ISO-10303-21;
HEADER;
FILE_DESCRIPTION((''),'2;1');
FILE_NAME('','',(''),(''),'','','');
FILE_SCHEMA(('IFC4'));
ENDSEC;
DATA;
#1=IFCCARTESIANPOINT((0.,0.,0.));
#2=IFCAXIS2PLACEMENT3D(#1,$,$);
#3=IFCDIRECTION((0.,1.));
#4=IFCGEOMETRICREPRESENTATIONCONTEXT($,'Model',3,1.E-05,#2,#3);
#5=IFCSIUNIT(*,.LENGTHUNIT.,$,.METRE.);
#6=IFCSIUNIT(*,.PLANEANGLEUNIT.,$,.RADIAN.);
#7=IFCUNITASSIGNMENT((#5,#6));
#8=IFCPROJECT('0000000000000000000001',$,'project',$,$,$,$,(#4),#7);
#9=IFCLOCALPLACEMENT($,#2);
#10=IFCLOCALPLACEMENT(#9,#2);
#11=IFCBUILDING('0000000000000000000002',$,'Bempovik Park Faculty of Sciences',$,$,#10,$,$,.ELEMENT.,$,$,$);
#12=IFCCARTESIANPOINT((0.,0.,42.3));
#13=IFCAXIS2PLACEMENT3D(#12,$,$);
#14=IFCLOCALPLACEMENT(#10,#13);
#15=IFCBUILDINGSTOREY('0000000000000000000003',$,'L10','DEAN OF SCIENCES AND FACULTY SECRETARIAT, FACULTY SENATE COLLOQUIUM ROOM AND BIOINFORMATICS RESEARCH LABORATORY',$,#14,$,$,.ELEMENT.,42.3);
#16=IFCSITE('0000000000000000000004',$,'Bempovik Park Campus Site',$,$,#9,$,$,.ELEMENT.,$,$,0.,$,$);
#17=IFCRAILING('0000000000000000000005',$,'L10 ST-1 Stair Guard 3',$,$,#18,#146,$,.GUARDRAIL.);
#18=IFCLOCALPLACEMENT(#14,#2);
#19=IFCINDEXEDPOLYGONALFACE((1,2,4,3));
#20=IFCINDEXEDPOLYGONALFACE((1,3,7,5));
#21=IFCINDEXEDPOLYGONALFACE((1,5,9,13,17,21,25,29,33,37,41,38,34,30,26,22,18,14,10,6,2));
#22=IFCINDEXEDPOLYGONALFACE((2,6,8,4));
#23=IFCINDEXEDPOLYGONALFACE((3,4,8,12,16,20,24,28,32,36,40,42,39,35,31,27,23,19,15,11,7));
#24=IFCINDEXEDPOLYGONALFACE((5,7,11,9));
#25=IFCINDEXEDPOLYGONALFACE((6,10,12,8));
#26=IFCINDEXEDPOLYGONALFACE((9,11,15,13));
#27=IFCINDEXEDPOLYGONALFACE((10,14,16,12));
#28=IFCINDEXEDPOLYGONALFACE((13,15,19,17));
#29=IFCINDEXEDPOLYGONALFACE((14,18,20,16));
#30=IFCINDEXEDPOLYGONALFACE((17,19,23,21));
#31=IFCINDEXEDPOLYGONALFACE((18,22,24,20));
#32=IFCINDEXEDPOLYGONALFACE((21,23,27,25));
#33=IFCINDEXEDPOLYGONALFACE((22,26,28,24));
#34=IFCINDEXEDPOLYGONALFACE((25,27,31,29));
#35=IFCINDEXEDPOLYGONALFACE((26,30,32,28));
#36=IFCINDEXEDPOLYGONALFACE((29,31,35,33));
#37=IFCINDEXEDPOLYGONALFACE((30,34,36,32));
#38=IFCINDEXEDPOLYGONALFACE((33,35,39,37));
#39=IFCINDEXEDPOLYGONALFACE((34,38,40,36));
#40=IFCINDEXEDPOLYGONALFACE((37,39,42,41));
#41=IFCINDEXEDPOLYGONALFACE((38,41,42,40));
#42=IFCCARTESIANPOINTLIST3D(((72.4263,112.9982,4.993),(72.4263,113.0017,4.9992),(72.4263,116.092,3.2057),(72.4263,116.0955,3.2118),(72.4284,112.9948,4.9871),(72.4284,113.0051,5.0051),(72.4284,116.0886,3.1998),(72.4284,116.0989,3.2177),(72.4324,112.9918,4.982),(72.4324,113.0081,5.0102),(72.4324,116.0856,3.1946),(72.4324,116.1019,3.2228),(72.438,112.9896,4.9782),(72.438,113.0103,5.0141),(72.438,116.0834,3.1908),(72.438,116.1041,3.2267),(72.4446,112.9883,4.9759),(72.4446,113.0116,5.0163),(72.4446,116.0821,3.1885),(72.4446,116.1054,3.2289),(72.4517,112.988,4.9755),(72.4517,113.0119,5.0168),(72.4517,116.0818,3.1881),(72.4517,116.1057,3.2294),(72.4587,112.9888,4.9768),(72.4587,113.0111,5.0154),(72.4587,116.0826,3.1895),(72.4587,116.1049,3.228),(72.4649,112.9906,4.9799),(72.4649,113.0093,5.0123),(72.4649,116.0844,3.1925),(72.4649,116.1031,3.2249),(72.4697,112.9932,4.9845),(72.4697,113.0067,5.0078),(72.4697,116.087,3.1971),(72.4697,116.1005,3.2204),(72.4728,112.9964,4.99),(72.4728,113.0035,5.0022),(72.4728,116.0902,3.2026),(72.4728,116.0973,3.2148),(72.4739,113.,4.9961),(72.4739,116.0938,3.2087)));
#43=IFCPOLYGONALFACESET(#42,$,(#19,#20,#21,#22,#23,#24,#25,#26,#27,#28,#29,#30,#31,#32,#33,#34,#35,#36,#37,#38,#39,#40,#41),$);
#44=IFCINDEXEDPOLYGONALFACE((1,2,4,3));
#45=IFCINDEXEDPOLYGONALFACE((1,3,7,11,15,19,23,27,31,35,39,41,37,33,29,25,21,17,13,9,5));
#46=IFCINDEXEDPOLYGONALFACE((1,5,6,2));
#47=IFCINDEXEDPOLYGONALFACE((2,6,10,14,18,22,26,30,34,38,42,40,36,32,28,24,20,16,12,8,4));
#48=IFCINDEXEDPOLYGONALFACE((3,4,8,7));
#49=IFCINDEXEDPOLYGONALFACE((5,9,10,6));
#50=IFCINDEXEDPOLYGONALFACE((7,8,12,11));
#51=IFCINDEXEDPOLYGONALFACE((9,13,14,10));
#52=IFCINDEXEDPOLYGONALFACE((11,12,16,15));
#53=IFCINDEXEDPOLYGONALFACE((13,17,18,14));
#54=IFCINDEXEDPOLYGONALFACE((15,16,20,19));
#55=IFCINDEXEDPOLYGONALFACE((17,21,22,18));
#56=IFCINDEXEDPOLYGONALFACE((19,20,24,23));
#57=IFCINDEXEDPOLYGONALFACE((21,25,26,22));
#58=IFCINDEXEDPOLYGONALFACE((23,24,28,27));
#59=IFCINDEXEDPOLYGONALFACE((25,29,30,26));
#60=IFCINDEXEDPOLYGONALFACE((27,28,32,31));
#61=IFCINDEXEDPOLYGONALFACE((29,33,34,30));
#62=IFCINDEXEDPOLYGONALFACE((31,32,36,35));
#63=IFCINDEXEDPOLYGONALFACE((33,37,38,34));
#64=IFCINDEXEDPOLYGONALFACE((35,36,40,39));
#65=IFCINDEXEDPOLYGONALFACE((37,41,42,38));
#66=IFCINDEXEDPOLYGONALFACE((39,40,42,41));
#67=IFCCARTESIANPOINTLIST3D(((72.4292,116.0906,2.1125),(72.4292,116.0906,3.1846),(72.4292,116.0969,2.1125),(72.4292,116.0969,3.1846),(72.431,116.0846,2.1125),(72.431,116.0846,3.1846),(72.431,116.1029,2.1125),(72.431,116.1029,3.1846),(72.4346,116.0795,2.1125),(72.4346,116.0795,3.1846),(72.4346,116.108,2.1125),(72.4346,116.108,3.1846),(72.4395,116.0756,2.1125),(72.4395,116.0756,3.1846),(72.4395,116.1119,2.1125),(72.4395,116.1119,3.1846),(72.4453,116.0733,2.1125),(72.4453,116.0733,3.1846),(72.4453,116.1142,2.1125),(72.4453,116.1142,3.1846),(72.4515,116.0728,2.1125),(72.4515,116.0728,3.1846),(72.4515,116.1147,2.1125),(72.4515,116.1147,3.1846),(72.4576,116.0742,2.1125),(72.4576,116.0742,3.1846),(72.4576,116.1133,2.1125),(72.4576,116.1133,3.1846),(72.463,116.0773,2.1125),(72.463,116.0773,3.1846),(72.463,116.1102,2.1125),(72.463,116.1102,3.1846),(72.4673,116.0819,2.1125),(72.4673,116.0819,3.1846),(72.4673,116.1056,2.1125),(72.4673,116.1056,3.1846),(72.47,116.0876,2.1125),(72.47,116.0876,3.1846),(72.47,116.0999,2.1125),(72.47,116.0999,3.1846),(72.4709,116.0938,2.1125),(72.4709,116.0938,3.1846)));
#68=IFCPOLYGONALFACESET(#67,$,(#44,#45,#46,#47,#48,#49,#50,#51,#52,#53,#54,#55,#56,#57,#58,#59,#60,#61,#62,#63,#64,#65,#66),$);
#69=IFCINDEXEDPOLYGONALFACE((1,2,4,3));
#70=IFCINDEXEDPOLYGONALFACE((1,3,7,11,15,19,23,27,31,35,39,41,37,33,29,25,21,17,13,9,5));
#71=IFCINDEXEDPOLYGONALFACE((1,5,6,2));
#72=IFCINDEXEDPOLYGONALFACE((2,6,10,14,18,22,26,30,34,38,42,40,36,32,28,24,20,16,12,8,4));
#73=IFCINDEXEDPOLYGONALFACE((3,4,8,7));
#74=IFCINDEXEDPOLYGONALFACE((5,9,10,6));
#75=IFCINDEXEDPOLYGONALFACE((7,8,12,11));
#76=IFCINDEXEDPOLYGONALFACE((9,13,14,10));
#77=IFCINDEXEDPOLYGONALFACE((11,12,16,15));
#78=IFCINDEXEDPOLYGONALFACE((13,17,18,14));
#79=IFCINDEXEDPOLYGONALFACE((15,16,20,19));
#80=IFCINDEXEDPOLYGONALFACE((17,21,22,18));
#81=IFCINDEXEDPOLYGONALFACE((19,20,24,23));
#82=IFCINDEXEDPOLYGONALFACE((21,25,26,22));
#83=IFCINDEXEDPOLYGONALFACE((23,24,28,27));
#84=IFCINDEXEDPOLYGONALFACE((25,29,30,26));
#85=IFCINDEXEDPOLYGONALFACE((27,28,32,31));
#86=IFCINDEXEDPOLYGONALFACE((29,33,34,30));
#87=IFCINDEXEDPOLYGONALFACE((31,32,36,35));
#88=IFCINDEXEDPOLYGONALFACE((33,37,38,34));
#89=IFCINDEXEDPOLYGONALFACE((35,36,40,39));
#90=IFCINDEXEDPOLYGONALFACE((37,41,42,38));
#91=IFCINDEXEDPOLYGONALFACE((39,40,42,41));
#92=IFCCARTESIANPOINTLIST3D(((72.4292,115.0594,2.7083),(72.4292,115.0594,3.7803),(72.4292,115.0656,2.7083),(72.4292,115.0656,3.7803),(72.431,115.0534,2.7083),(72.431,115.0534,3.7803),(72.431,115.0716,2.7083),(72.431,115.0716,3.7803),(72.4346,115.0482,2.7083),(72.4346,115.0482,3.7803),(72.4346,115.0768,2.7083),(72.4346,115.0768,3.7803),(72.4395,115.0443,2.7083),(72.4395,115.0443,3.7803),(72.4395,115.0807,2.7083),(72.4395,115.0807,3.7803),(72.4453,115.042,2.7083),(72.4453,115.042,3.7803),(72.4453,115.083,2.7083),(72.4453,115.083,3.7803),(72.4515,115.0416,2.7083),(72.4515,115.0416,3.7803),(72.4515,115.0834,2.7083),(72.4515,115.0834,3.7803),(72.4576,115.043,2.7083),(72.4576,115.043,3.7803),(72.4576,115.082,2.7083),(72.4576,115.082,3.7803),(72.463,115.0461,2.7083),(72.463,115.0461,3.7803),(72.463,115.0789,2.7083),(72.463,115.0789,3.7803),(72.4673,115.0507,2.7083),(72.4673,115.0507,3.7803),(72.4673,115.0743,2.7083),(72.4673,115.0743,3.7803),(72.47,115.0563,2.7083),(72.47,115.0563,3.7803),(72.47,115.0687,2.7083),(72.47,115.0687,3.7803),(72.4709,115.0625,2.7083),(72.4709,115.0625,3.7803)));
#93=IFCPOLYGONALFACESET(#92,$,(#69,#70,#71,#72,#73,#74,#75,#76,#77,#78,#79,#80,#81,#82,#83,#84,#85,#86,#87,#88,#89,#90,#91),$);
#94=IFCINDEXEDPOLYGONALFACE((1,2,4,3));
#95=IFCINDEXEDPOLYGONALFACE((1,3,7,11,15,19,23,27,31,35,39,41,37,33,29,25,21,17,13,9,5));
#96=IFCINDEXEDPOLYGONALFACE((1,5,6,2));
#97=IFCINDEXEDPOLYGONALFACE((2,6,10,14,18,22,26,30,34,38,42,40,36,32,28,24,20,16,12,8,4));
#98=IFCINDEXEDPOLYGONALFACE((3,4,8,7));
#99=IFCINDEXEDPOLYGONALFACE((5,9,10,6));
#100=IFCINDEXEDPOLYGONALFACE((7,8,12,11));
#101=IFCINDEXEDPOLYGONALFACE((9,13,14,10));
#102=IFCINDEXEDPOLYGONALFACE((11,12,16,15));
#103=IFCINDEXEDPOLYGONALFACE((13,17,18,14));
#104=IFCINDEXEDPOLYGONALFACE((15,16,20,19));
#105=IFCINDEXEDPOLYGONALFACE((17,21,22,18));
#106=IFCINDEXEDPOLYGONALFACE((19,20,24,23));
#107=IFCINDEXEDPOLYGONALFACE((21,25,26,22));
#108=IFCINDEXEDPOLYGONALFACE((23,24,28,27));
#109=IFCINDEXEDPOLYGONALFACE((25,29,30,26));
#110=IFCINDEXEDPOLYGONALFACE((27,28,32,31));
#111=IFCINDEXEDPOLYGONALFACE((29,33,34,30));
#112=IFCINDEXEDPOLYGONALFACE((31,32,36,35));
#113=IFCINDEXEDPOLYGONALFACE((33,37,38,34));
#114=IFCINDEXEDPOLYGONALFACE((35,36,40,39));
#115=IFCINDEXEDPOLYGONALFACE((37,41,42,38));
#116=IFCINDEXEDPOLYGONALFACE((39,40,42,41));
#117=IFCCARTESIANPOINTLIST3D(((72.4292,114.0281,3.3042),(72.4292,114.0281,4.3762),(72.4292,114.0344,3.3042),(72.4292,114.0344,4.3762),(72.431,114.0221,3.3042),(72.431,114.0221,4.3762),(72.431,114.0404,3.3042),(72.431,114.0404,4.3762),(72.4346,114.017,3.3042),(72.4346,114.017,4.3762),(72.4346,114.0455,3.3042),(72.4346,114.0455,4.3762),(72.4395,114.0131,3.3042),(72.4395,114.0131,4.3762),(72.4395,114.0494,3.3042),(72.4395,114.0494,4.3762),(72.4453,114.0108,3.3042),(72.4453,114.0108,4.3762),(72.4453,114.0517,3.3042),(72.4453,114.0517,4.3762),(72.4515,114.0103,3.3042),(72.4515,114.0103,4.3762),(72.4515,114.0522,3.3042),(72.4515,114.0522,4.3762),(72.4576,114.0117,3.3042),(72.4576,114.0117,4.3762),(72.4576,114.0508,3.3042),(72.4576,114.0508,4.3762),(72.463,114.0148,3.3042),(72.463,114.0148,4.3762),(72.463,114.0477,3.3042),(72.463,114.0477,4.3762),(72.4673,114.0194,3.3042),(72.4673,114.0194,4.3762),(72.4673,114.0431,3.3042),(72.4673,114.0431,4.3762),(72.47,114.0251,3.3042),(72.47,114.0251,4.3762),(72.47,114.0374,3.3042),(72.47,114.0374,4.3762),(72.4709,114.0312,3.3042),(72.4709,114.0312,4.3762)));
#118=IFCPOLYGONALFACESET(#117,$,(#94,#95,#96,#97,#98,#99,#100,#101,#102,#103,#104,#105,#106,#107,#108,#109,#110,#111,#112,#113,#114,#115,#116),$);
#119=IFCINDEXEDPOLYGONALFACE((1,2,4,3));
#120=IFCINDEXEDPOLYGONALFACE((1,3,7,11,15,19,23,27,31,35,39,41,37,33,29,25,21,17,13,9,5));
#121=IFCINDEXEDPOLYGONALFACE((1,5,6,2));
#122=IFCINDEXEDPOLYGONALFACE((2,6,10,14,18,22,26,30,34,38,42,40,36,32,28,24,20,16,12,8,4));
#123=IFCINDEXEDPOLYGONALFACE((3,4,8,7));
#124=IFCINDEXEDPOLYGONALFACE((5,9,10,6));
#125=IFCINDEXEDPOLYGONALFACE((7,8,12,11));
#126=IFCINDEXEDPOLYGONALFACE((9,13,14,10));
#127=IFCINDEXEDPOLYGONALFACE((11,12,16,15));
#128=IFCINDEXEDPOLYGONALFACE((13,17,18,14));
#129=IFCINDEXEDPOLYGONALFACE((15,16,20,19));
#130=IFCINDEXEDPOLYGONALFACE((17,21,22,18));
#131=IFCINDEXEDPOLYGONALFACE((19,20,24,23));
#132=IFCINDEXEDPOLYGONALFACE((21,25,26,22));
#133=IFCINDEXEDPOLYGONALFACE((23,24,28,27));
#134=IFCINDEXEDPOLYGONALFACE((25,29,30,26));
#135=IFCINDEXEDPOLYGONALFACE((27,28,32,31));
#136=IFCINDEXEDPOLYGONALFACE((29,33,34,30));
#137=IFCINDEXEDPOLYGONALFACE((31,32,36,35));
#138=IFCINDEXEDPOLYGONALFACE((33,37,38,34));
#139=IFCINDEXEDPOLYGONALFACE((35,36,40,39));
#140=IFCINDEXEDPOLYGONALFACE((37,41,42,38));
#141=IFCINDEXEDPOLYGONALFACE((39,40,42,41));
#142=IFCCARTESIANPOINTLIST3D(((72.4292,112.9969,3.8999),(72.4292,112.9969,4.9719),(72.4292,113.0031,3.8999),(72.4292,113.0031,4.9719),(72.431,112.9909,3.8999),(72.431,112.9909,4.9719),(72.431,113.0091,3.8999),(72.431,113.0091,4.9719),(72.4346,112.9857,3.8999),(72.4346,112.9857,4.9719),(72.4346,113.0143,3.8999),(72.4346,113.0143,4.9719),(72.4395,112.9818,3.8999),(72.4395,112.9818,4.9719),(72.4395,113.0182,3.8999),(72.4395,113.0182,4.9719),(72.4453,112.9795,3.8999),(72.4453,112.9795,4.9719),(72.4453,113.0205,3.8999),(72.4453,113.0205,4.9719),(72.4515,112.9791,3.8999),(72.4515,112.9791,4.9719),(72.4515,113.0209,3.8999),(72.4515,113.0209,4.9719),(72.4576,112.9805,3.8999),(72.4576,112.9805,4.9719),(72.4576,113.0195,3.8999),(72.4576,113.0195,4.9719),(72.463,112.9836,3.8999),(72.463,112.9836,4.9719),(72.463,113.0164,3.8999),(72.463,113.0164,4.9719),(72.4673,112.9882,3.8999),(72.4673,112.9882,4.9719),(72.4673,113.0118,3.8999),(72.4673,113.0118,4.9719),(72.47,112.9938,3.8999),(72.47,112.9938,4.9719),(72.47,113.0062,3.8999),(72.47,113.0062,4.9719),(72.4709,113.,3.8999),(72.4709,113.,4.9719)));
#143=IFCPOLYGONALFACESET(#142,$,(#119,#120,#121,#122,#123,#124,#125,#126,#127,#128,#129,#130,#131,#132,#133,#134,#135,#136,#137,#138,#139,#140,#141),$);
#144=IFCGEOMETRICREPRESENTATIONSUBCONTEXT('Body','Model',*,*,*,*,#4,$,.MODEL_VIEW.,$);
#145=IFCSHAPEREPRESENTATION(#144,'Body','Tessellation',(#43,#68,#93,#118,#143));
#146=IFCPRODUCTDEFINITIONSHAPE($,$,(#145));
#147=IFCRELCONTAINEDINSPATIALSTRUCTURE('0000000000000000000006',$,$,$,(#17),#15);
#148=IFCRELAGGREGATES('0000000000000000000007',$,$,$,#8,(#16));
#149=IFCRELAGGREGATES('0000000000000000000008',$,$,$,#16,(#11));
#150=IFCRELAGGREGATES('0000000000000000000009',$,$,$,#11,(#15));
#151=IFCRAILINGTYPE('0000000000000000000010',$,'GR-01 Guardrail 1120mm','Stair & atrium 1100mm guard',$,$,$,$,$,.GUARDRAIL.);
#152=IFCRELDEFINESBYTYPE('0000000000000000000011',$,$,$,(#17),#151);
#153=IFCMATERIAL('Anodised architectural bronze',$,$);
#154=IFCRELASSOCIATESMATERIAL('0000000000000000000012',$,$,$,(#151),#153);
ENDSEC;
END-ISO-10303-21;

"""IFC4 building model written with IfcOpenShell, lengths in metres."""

from ifc_helpers import new_model, si_unit, direction, frame, origin, origin_2d, place, context, subcontext, project, spatial, circle, extrude, material, type_object, element, save


model = new_model("IFC4")

# Units and contexts
model_context = context("Model", 3, precision=1e-05, world=origin(), true_north=direction((0.0, 1.0)))
body_context = subcontext(model_context, "Body", "Model", "MODEL_VIEW")
ifc_project = project(units=[si_unit("LENGTHUNIT", "METRE"), si_unit("PLANEANGLEUNIT", "RADIAN")], contexts=[model_context])

# Site, building, storey
site_placement = place(None, origin())
site = spatial("IfcSite", under=ifc_project, at=site_placement, Name="Bempovik Park Campus Site", CompositionType="ELEMENT", RefElevation=0.0)
building_placement = place(site_placement, origin())
building = spatial("IfcBuilding", under=site, at=building_placement, Name="Bempovik Park Faculty of Sciences", CompositionType="ELEMENT")
storey_placement = place(building_placement, frame((0.0, 0.0, 42.3)))
storey = spatial("IfcBuildingStorey", under=building, at=storey_placement, Name="L10", Description="DEAN OF SCIENCES AND FACULTY SECRETARIAT, FACULTY SENATE COLLOQUIUM ROOM AND BIOINFORMATICS RESEARCH LABORATORY", CompositionType="ELEMENT", Elevation=42.3)

# Railing
ifc_material_1 = material(Name="Anodised architectural bronze")
railing_type_1 = type_object("IfcRailingType", Name="GR-01 Guardrail 1120mm", Description="Stair & atrium 1100mm guard", PredefinedType="GUARDRAIL", material=ifc_material_1)
railing_1_placement = place(storey_placement, frame((72.45, 116.0938, 2.1125)))
element("IfcRailing", 1, at=railing_1_placement, inside=storey, type_object=railing_type_1, Name="L10 ST-1 Stair Guard 3", PredefinedType="GUARDRAIL", context=body_context, shape_type="SweptSolid", body=[
    extrude(circle(Radius=0.0239, at=origin_2d()), frame((0.0, 0.0, 1.0962), z_axis=(0.0, -0.865883, 0.500247), x_axis=(1.0, 0.0, 0.0)), (0.0, 0.0, 1.0), 3.573),
    extrude(circle(Radius=0.021, at=origin_2d()), origin(), (0.0, 0.0, 1.0), 1.072),
    extrude(circle(Radius=0.021, at=origin_2d()), frame((0.0, -1.0312, 0.5957)), (0.0, 0.0, 1.0), 1.072),
    extrude(circle(Radius=0.021, at=origin_2d()), frame((0.0, -2.0625, 1.1917)), (0.0, 0.0, 1.0), 1.072),
    extrude(circle(Radius=0.021, at=origin_2d()), frame((0.0, -3.0938, 1.7874)), (0.0, 0.0, 1.0), 1.072),
])

save(model, "model.ifc")
